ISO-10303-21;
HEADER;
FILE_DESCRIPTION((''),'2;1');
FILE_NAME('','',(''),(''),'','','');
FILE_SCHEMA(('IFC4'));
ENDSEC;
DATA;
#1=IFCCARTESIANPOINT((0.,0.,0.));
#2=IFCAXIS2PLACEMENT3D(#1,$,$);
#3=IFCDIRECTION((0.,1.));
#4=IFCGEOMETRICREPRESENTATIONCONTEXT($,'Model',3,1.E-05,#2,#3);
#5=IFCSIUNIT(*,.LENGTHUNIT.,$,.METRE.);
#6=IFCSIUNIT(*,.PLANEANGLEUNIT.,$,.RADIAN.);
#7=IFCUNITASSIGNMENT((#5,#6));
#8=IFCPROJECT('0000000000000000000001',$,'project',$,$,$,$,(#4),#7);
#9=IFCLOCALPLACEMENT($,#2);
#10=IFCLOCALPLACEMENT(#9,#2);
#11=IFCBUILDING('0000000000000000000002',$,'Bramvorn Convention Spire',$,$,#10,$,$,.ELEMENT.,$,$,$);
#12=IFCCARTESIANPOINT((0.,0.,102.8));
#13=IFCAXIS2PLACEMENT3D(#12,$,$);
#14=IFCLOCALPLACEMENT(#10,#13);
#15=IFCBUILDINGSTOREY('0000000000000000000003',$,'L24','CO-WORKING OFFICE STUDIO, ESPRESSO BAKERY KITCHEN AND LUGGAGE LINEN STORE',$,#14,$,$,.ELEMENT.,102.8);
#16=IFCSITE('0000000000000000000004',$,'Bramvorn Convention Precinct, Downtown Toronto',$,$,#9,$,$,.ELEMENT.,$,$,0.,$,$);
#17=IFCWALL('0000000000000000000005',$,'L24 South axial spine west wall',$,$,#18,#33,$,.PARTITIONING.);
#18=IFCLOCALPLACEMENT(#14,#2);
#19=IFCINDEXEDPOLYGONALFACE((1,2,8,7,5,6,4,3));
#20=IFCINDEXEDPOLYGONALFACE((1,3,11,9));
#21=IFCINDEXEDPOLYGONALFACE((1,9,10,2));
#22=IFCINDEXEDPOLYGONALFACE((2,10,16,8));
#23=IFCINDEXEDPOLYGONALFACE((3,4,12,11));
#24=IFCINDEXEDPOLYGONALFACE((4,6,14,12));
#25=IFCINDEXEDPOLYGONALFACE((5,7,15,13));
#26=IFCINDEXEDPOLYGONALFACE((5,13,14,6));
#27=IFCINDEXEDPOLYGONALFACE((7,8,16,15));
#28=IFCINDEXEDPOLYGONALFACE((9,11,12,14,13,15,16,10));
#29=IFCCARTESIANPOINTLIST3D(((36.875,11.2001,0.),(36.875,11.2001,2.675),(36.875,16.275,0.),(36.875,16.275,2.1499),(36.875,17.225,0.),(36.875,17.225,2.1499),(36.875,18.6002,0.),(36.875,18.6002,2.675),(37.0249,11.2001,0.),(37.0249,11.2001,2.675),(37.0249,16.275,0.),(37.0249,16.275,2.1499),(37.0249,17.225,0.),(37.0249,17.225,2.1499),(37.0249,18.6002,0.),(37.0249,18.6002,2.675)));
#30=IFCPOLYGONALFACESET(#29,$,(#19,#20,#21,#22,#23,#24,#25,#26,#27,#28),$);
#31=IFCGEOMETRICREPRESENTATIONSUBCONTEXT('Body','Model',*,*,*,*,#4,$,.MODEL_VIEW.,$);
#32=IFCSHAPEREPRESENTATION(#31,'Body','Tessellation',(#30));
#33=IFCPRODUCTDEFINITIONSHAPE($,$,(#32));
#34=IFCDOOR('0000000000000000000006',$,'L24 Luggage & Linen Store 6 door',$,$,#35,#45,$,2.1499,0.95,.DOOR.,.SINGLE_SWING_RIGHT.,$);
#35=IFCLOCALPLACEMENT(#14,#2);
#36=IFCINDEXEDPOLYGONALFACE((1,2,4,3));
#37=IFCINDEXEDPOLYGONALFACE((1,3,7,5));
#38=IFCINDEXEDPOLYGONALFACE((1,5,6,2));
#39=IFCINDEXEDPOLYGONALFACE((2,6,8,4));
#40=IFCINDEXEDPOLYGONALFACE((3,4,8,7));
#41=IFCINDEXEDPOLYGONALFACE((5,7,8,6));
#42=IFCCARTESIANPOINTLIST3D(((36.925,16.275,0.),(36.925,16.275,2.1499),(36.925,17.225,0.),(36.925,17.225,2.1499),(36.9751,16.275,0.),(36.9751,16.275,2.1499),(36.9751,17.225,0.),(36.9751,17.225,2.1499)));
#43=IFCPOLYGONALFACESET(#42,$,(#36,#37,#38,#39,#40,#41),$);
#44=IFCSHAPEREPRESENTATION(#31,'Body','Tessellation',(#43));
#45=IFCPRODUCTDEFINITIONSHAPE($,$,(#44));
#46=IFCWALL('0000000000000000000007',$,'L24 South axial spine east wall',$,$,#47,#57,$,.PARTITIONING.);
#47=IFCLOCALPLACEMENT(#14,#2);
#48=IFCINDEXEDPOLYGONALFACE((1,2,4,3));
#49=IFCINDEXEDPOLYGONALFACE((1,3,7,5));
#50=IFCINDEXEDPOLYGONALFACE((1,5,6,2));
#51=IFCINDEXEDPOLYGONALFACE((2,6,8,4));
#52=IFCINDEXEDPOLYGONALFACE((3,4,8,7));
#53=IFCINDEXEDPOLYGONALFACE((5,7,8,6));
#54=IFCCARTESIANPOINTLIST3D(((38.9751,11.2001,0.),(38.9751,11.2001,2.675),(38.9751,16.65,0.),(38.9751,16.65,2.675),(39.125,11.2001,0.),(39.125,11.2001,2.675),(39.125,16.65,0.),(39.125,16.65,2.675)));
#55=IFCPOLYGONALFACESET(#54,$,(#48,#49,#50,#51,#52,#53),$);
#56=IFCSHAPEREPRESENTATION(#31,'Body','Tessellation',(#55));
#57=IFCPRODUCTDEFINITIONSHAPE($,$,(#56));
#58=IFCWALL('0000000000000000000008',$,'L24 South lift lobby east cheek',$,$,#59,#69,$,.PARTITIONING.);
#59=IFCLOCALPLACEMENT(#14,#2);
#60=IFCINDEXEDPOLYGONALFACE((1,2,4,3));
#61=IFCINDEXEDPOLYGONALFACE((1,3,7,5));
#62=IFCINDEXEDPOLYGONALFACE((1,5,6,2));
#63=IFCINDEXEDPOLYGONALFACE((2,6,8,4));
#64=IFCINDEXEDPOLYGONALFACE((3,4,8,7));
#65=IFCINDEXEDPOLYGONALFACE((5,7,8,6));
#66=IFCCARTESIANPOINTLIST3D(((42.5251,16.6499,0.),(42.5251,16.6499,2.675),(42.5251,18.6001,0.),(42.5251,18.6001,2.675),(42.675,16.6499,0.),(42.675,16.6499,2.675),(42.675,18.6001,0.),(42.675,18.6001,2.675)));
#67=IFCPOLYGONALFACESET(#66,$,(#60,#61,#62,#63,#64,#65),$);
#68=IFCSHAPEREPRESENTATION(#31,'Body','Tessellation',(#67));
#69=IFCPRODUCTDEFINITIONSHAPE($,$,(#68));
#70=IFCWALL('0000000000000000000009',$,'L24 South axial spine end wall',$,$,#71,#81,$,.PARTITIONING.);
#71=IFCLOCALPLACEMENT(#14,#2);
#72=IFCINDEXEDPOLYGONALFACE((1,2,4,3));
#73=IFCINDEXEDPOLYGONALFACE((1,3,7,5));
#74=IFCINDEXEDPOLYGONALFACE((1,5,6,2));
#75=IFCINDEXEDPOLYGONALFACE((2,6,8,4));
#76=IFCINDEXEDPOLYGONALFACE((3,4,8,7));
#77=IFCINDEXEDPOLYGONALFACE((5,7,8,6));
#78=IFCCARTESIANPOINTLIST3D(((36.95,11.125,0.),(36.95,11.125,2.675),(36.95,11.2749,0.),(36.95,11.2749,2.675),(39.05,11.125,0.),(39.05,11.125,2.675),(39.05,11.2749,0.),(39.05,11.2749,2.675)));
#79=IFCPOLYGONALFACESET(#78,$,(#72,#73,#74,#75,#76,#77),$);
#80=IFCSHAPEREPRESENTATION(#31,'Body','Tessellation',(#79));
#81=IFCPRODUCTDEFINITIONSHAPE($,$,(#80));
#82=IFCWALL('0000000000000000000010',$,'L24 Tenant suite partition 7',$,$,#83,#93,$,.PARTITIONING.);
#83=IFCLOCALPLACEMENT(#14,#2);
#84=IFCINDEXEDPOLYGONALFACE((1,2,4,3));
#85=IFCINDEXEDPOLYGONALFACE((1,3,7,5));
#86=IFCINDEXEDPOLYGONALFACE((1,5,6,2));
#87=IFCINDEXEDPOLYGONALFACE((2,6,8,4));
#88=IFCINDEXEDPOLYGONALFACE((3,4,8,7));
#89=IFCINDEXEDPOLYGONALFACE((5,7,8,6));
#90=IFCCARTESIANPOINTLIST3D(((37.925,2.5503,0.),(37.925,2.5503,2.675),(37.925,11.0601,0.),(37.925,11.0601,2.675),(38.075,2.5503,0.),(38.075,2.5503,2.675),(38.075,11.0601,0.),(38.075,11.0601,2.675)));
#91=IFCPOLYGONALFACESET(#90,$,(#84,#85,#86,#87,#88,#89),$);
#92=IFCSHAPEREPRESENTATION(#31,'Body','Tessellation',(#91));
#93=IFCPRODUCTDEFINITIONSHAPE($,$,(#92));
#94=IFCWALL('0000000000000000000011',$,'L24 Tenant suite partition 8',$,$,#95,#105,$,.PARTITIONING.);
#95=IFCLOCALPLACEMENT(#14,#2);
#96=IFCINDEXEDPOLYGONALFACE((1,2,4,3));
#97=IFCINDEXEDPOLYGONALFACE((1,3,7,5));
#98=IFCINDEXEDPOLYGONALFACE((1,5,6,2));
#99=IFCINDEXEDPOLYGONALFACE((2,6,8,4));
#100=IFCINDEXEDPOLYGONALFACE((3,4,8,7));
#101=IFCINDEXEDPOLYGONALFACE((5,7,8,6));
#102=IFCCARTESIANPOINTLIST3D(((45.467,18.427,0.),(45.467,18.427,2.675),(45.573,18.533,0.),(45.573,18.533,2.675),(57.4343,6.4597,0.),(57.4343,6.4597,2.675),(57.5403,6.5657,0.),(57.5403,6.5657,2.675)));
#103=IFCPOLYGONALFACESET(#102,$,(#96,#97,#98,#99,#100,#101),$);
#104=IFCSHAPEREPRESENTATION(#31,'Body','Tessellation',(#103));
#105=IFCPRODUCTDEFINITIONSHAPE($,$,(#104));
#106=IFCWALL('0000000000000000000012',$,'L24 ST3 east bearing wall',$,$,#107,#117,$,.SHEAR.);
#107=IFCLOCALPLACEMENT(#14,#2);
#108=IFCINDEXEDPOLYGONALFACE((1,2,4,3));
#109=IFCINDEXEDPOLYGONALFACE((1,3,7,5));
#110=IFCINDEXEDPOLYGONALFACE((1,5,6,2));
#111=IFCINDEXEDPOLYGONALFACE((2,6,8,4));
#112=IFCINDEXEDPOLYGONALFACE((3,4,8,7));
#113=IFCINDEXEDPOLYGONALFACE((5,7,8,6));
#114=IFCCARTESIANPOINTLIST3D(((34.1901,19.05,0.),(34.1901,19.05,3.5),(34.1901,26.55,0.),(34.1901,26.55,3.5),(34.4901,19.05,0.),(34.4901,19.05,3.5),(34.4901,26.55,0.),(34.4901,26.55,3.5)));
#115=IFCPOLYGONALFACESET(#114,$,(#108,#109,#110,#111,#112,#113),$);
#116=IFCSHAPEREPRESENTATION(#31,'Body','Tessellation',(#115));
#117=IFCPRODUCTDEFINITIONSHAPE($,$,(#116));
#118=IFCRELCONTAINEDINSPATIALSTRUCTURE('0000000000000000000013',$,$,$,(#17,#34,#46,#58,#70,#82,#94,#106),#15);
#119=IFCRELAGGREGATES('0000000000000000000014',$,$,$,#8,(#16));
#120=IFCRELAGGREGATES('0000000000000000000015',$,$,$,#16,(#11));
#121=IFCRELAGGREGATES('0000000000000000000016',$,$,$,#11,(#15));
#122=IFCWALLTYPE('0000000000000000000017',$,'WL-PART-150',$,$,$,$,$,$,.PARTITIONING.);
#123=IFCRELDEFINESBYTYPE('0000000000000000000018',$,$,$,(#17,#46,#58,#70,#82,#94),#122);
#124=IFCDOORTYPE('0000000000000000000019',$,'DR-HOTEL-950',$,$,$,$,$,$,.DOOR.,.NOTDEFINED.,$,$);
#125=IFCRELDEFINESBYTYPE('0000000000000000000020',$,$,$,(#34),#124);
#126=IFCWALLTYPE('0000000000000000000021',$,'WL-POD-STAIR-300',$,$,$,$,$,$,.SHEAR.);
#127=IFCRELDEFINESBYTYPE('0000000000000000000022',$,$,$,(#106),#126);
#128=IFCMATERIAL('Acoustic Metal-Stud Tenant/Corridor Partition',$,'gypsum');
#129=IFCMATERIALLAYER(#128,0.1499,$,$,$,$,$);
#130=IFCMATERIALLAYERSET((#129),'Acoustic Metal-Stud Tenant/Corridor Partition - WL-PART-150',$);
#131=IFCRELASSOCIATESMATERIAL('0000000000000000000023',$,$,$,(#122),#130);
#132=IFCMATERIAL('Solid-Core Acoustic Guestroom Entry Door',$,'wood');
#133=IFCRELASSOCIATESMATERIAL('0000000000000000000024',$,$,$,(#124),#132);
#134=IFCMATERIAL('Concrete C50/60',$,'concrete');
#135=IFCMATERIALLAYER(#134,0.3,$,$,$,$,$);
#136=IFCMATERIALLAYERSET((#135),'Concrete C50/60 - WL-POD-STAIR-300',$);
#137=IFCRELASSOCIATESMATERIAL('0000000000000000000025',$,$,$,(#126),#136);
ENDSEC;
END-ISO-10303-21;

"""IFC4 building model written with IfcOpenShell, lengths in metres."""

from ifc_helpers import new_model, si_unit, direction, frame, frame_2d, origin, place, context, subcontext, project, spatial, rectangle, extrude, material, layer, layer_set, type_object, element, fill, save


model = new_model("IFC4")

# Units and contexts
model_context = context("Model", 3, precision=1e-05, world=origin(), true_north=direction((0.0, 1.0)))
body_context = subcontext(model_context, "Body", "Model", "MODEL_VIEW")
ifc_project = project(units=[si_unit("LENGTHUNIT", "METRE"), si_unit("PLANEANGLEUNIT", "RADIAN")], contexts=[model_context])

# Site, building, storey
site_placement = place(None, origin())
site = spatial("IfcSite", under=ifc_project, at=site_placement, Name="Bramvorn Convention Precinct, Downtown Toronto", CompositionType="ELEMENT", RefElevation=0.0)
building_placement = place(site_placement, origin())
building = spatial("IfcBuilding", under=site, at=building_placement, Name="Bramvorn Convention Spire", CompositionType="ELEMENT")
storey_placement = place(building_placement, frame((0.0, 0.0, 102.8)))
storey = spatial("IfcBuildingStorey", under=building, at=storey_placement, Name="L24", Description="CO-WORKING OFFICE STUDIO, ESPRESSO BAKERY KITCHEN AND LUGGAGE LINEN STORE", CompositionType="ELEMENT", Elevation=102.8)

# Wall, opening, door
ifc_material_1 = material(Name="Acoustic Metal-Stud Tenant/Corridor Partition", Category="gypsum")
ifc_layer_1 = layer(ifc_material_1, 0.1499)
ifc_layer_set_1 = layer_set([ifc_layer_1], Name="Acoustic Metal-Stud Tenant/Corridor Partition - WL-PART-150")
wall_type_1 = type_object("IfcWallType", Name="WL-PART-150", PredefinedType="PARTITIONING", material=ifc_layer_set_1)
wall_1_placement = place(storey_placement, frame((36.95, 11.2, 0.0), z_axis=(0.0, 0.0, 1.0), x_axis=(0.0, 1.0, 0.0)))
wall_1 = element("IfcWall", 1, at=wall_1_placement, inside=storey, type_object=wall_type_1, Name="L24 South axial spine west wall", PredefinedType="PARTITIONING", context=body_context, shape_type="SweptSolid", body=[
    extrude(rectangle(XDim=7.4001, YDim=0.1499, at=frame_2d((3.7002, 0.0))), origin(), (0.0, 0.0, 1.0), 2.675),
])
opening_1_placement = place(wall_1_placement, frame((5.075, 0.0, 0.0)))
opening_1 = element("IfcOpeningElement", 2, at=opening_1_placement, cuts=wall_1, PredefinedType="OPENING", context=body_context, shape_type="SweptSolid", body=[
    extrude(rectangle(XDim=0.95, YDim=2.1499, at=frame_2d((0.4751, 1.075))), frame((0.0, 0.085, 0.0), z_axis=(0.0, -1.0, 0.0), x_axis=(1.0, 0.0, 0.0)), (0.0, 0.0, 1.0), 0.1699),
])
ifc_material_2 = material(Name="Solid-Core Acoustic Guestroom Entry Door", Category="wood")
door_type = type_object("IfcDoorType", Name="DR-HOTEL-950", OperationType="NOTDEFINED", PredefinedType="DOOR", material=ifc_material_2)
door_1_placement = place(opening_1_placement, origin())
door_1 = element("IfcDoor", 3, at=door_1_placement, inside=storey, type_object=door_type, Name="L24 Luggage & Linen Store 6 door", OperationType="SINGLE_SWING_RIGHT", OverallHeight=2.1499, OverallWidth=0.95, PredefinedType="DOOR", context=body_context, shape_type="SweptSolid", body=[
    extrude(rectangle(XDim=0.95, YDim=2.1499, at=frame_2d((0.4751, 1.075))), frame((0.0, 0.0249, 0.0), z_axis=(0.0, -1.0, 0.0), x_axis=(1.0, 0.0, 0.0)), (0.0, 0.0, 1.0), 0.05),
])
fill(opening_1, door_1)

# Wall
wall_2_placement = place(storey_placement, frame((39.05, 11.2, 0.0), z_axis=(0.0, 0.0, 1.0), x_axis=(0.0, 1.0, 0.0)))
element("IfcWall", 4, at=wall_2_placement, inside=storey, type_object=wall_type_1, Name="L24 South axial spine east wall", PredefinedType="PARTITIONING", context=body_context, shape_type="SweptSolid", body=[
    extrude(rectangle(XDim=5.45, YDim=0.1499, at=frame_2d((2.7251, 0.0))), origin(), (0.0, 0.0, 1.0), 2.675),
])

# Walls
wall_3_placement = place(storey_placement, frame((42.6001, 16.6499, 0.0), z_axis=(0.0, 0.0, 1.0), x_axis=(0.0, 1.0, 0.0)))
element("IfcWall", 5, at=wall_3_placement, inside=storey, type_object=wall_type_1, Name="L24 South lift lobby east cheek", PredefinedType="PARTITIONING", context=body_context, shape_type="SweptSolid", body=[
    extrude(rectangle(XDim=1.9502, YDim=0.1499, at=frame_2d((0.9751, 0.0))), origin(), (0.0, 0.0, 1.0), 2.675),
])
wall_4_placement = place(storey_placement, frame((36.95, 11.2, 0.0), z_axis=(0.0, 0.0, 1.0), x_axis=(1.0, 0.0, 0.0)))
element("IfcWall", 6, at=wall_4_placement, inside=storey, type_object=wall_type_1, Name="L24 South axial spine end wall", PredefinedType="PARTITIONING", context=body_context, shape_type="SweptSolid", body=[
    extrude(rectangle(XDim=2.1001, YDim=0.1499, at=frame_2d((1.05, 0.0))), origin(), (0.0, 0.0, 1.0), 2.675),
])
wall_5_placement = place(storey_placement, frame((38.0, 11.0601, 0.0), z_axis=(0.0, 0.0, 1.0), x_axis=(0.0, -1.0, 0.0)))
element("IfcWall", 7, at=wall_5_placement, inside=storey, type_object=wall_type_1, Name="L24 Tenant suite partition 7", PredefinedType="PARTITIONING", context=body_context, shape_type="SweptSolid", body=[
    extrude(rectangle(XDim=8.5098, YDim=0.1499, at=frame_2d((4.2549, 0.0))), origin(), (0.0, 0.0, 1.0), 2.675),
])
wall_6_placement = place(storey_placement, frame((45.52, 18.48, 0.0), z_axis=(0.0, 0.0, 1.0), x_axis=(0.707107, -0.707107, 0.0)))
element("IfcWall", 8, at=wall_6_placement, inside=storey, type_object=wall_type_1, Name="L24 Tenant suite partition 8", PredefinedType="PARTITIONING", context=body_context, shape_type="SweptSolid", body=[
    extrude(rectangle(XDim=16.9243, YDim=0.1499, at=frame_2d((8.4622, 0.0))), origin(), (0.0, 0.0, 1.0), 2.675),
])
ifc_material_3 = material(Name="Concrete C50/60", Category="concrete")
ifc_layer_2 = layer(ifc_material_3, 0.3)
ifc_layer_set_2 = layer_set([ifc_layer_2], Name="Concrete C50/60 - WL-POD-STAIR-300")
wall_type_2 = type_object("IfcWallType", Name="WL-POD-STAIR-300", PredefinedType="SHEAR", material=ifc_layer_set_2)
wall_7_placement = place(storey_placement, frame((34.3401, 19.05, 0.0), z_axis=(0.0, 0.0, 1.0), x_axis=(0.0, 1.0, 0.0)))
element("IfcWall", 9, at=wall_7_placement, inside=storey, type_object=wall_type_2, Name="L24 ST3 east bearing wall", PredefinedType="SHEAR", context=body_context, shape_type="SweptSolid", body=[
    extrude(rectangle(XDim=7.5, YDim=0.3, at=frame_2d((3.75, 0.0))), origin(), (0.0, 0.0, 1.0), 3.5),
])

save(model, "model.ifc")
